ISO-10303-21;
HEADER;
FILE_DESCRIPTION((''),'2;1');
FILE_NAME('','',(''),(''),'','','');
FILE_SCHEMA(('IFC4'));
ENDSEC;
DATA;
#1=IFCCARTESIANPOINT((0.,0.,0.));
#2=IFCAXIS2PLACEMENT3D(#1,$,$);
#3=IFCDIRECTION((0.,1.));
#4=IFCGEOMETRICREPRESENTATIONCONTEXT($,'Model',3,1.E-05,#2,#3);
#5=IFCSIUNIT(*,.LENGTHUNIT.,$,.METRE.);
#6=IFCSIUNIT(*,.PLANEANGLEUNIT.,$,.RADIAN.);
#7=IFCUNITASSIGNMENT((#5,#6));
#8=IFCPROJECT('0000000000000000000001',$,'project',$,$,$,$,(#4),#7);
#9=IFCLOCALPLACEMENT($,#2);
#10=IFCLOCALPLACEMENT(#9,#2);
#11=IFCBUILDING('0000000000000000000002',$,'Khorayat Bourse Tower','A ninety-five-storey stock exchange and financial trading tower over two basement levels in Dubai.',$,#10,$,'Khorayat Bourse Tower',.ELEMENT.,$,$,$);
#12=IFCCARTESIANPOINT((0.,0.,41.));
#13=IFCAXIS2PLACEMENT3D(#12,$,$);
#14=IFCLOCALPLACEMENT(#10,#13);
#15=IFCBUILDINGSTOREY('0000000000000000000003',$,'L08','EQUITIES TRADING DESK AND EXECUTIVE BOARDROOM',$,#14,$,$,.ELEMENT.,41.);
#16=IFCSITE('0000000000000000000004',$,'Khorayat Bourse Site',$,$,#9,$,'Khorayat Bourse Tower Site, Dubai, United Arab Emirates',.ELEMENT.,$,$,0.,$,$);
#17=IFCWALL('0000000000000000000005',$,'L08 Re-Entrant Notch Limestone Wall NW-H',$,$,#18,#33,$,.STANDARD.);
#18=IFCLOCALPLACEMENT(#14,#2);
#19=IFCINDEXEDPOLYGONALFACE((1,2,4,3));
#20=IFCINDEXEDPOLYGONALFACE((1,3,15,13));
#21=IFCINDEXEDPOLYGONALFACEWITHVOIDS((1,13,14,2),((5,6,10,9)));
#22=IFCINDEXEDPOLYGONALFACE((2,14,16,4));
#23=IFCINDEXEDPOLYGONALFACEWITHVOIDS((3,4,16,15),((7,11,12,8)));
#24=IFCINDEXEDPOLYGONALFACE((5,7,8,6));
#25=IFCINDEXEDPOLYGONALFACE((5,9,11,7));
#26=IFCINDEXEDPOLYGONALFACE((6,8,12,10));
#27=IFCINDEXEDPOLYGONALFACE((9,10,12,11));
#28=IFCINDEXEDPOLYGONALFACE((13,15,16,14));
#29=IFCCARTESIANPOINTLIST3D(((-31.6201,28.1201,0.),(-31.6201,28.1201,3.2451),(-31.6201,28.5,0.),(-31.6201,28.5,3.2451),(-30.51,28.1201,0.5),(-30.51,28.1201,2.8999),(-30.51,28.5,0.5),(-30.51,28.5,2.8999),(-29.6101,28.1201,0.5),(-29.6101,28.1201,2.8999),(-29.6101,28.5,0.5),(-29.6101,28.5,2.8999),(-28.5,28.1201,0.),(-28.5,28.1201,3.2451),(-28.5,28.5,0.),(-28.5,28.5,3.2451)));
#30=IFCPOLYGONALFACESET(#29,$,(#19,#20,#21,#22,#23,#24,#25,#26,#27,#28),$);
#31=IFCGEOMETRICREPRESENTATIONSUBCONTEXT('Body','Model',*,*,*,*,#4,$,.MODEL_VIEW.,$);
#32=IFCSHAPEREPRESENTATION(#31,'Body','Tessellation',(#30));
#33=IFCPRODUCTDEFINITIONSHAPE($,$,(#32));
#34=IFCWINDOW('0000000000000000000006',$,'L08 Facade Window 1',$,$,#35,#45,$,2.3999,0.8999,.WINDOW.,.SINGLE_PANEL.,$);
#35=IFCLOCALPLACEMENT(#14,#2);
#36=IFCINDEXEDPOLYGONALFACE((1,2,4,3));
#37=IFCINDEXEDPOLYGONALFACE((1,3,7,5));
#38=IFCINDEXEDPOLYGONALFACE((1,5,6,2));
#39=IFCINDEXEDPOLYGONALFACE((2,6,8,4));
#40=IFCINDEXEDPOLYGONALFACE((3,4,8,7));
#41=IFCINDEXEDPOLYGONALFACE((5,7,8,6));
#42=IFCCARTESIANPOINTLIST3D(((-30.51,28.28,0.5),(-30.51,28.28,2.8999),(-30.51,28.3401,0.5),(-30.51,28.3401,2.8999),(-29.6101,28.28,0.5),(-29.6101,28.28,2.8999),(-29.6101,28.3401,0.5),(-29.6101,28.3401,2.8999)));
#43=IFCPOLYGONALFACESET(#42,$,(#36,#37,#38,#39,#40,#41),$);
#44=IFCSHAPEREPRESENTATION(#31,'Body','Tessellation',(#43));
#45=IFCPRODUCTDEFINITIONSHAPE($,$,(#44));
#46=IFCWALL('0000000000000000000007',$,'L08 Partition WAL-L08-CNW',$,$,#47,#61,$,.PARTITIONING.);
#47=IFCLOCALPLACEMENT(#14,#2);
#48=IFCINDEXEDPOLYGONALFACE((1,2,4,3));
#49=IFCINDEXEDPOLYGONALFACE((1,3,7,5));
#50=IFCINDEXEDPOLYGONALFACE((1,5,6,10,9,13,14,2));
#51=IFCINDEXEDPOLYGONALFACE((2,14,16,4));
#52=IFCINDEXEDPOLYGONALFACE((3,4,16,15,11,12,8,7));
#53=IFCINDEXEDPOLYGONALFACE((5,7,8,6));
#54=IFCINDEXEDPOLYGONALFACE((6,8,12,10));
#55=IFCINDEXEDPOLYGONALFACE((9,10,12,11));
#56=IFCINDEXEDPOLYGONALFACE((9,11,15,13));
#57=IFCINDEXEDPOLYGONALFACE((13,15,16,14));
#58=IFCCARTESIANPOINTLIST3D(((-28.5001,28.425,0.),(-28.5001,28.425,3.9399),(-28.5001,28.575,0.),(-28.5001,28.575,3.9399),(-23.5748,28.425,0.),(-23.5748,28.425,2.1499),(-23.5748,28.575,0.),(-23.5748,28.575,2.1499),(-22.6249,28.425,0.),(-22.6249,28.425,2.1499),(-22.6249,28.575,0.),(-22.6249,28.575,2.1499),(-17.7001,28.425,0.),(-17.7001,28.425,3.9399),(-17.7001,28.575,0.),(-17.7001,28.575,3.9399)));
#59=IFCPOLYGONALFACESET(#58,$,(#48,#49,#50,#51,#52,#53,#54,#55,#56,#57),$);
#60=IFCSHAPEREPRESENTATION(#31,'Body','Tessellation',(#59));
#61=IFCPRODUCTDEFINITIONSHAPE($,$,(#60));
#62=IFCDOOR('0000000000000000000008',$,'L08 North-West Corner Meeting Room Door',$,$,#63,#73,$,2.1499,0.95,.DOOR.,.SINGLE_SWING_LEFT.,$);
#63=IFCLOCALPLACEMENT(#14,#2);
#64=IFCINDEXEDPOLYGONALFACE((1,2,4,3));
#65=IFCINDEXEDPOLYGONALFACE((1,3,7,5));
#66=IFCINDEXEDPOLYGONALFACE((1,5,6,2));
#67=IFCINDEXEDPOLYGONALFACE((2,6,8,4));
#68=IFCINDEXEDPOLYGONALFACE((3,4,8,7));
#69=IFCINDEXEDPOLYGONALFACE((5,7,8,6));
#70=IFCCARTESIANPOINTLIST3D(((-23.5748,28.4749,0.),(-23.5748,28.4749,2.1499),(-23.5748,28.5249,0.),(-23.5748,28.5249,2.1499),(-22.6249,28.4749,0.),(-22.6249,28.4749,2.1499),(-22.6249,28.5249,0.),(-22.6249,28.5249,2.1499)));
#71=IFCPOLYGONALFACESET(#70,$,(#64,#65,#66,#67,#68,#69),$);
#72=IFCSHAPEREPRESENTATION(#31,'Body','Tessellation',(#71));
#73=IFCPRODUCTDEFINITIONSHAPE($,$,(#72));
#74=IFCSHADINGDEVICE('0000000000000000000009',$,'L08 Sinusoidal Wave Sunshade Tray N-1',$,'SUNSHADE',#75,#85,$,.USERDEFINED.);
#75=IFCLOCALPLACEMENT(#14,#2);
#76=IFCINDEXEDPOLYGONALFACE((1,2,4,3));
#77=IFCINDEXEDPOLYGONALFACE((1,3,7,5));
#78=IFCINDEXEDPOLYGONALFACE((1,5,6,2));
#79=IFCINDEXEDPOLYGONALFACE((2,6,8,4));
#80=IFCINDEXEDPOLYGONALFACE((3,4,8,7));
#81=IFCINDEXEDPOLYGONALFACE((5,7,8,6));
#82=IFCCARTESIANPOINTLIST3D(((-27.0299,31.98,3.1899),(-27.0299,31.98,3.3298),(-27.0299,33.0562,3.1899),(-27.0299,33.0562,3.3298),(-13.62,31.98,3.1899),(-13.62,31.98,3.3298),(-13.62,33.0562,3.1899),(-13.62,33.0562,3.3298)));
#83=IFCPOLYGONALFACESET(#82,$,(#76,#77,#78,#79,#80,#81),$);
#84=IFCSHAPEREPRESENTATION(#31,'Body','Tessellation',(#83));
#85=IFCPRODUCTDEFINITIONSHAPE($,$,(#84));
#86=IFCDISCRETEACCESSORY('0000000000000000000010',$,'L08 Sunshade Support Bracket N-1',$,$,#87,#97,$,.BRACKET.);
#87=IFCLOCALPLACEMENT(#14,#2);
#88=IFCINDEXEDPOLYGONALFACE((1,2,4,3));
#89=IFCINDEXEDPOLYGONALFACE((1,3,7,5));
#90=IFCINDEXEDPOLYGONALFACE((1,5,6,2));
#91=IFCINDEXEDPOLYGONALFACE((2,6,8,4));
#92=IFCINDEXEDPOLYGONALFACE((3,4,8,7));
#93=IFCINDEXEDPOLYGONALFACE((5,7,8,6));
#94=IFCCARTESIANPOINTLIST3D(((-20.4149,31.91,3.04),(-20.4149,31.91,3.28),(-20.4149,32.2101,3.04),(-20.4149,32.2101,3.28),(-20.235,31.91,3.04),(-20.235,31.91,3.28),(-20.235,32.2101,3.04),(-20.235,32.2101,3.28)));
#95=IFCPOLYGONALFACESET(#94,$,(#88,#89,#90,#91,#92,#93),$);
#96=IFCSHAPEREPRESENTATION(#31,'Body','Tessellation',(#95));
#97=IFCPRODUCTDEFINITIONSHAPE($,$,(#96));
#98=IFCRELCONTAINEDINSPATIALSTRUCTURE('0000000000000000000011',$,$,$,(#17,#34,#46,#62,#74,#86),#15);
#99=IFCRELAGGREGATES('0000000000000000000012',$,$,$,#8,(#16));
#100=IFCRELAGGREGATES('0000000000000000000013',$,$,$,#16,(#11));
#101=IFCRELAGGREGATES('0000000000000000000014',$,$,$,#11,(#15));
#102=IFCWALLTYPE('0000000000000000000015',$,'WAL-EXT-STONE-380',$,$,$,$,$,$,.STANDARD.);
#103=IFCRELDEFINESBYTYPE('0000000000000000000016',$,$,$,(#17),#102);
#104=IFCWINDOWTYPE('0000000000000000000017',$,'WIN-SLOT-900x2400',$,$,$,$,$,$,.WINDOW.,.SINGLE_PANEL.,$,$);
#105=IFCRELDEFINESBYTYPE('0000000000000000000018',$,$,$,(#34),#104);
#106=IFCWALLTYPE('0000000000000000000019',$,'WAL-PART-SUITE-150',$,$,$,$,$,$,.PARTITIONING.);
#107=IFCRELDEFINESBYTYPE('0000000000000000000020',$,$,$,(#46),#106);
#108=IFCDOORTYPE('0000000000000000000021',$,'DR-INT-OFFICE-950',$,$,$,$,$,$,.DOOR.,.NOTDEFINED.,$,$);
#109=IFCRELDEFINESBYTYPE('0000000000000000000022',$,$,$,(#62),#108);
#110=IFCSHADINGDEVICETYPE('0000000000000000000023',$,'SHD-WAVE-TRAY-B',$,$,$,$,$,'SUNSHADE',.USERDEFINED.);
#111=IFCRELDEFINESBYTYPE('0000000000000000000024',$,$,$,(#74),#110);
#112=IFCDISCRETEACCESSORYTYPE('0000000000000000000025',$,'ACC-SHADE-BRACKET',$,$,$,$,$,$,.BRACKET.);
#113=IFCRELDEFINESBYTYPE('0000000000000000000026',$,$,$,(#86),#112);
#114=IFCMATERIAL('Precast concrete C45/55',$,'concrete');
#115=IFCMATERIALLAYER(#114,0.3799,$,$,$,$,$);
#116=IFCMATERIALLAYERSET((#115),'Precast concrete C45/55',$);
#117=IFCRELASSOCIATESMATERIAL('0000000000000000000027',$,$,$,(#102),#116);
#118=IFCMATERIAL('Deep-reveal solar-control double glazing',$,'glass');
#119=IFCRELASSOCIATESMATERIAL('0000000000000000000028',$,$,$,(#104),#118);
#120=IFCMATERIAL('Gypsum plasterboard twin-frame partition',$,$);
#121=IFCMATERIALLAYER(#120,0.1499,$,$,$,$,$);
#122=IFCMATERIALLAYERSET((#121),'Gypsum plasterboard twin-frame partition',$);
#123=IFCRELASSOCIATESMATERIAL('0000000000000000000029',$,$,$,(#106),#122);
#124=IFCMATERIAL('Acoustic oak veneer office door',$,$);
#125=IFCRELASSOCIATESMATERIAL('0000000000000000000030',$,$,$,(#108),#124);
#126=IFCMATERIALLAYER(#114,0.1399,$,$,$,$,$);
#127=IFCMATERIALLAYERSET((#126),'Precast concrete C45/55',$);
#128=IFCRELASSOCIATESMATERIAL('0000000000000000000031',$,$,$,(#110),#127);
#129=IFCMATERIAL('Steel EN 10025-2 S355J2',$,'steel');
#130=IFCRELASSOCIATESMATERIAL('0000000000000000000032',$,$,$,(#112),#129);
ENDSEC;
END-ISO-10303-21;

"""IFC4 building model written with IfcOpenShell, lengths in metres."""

from ifc_helpers import new_model, si_unit, direction, frame, frame_2d, origin, origin_2d, place, context, subcontext, project, spatial, rectangle, extrude, source, transform, mapped, material, layer, layer_set, type_object, element, fill, save


model = new_model("IFC4")

# Units and contexts
model_context = context("Model", 3, precision=1e-05, world=origin(), true_north=direction((0.0, 1.0)))
body_context = subcontext(model_context, "Body", "Model", "MODEL_VIEW")
ifc_project = project(units=[si_unit("LENGTHUNIT", "METRE"), si_unit("PLANEANGLEUNIT", "RADIAN")], contexts=[model_context])

# Site, building, storey
site_placement = place(None, origin())
site = spatial("IfcSite", under=ifc_project, at=site_placement, Name="Khorayat Bourse Site", LongName="Khorayat Bourse Tower Site, Dubai, United Arab Emirates", CompositionType="ELEMENT", RefElevation=0.0)
building_placement = place(site_placement, origin())
building = spatial("IfcBuilding", under=site, at=building_placement, Name="Khorayat Bourse Tower", Description="A ninety-five-storey stock exchange and financial trading tower over two basement levels in Dubai.", LongName="Khorayat Bourse Tower", CompositionType="ELEMENT")
storey_placement = place(building_placement, frame((0.0, 0.0, 41.0)))
storey = spatial("IfcBuildingStorey", under=building, at=storey_placement, Name="L08", Description="EQUITIES TRADING DESK AND EXECUTIVE BOARDROOM", CompositionType="ELEMENT", Elevation=41.0)

# Wall, opening, window
ifc_material_1 = material(Name="Precast concrete C45/55", Category="concrete")
ifc_layer_1 = layer(ifc_material_1, 0.3799)
ifc_layer_set_1 = layer_set([ifc_layer_1], Name="Precast concrete C45/55")
wall_type_1 = type_object("IfcWallType", Name="WAL-EXT-STONE-380", PredefinedType="STANDARD", material=ifc_layer_set_1)
shared_shape_1 = source(origin(), body_context, "Body", "SweptSolid", [
    extrude(rectangle(XDim=3.1201, YDim=0.3799, at=frame_2d((1.5601, 0.0))), origin(), (0.0, 0.0, 1.0), 3.2451),
])
shared_shape_2 = source(origin(), body_context, "Body", "SweptSolid", [
    extrude(rectangle(XDim=0.8999, YDim=2.3999, at=frame_2d((0.45, 1.2))), frame((0.0, 0.2, 0.0), z_axis=(0.0, -1.0, 0.0), x_axis=(1.0, 0.0, 0.0)), (0.0, 0.0, 1.0), 0.3999),
])
ifc_material_2 = material(Name="Deep-reveal solar-control double glazing", Category="glass")
window_type = type_object("IfcWindowType", Name="WIN-SLOT-900x2400", PartitioningType="SINGLE_PANEL", PredefinedType="WINDOW", material=ifc_material_2)
shared_shape_3 = source(origin(), body_context, "Body", "SweptSolid", [
    extrude(rectangle(XDim=0.8999, YDim=2.3999, at=frame_2d((0.45, 1.2))), frame((0.0, 0.03, 0.0), z_axis=(0.0, -1.0, 0.0), x_axis=(1.0, 0.0, 0.0)), (0.0, 0.0, 1.0), 0.0601),
])
wall_1_placement = place(storey_placement, frame((-28.5, 28.3101, 0.0), z_axis=(0.0, 0.0, 1.0), x_axis=(-1.0, 0.0, 0.0)))
wall_1 = element("IfcWall", 1, at=wall_1_placement, inside=storey, type_object=wall_type_1, Name="L08 Re-Entrant Notch Limestone Wall NW-H", PredefinedType="STANDARD", context=body_context, shape_type="MappedRepresentation", body=[
    mapped(shared_shape_1, transform((0.0, 0.0, 0.0), scale=1.0)),
])
opening_1_placement = place(wall_1_placement, frame((1.1101, 0.0, 0.5)))
opening_1 = element("IfcOpeningElement", 2, at=opening_1_placement, cuts=wall_1, PredefinedType="OPENING", context=body_context, shape_type="MappedRepresentation", body=[
    mapped(shared_shape_2, transform((0.0, 0.0, 0.0), scale=1.0)),
])
window_1_placement = place(opening_1_placement, origin())
window_1 = element("IfcWindow", 3, at=window_1_placement, inside=storey, type_object=window_type, Name="L08 Facade Window 1", OverallHeight=2.3999, OverallWidth=0.8999, PartitioningType="SINGLE_PANEL", PredefinedType="WINDOW", context=body_context, shape_type="MappedRepresentation", body=[
    mapped(shared_shape_3, transform((0.0, 0.0, 0.0), scale=1.0)),
])
fill(opening_1, window_1)

# Wall, opening, door
ifc_material_3 = material(Name="Gypsum plasterboard twin-frame partition")
ifc_layer_2 = layer(ifc_material_3, 0.1499)
ifc_layer_set_2 = layer_set([ifc_layer_2], Name="Gypsum plasterboard twin-frame partition")
wall_type_2 = type_object("IfcWallType", Name="WAL-PART-SUITE-150", PredefinedType="PARTITIONING", material=ifc_layer_set_2)
shared_shape_4 = source(origin(), body_context, "Body", "SweptSolid", [
    extrude(rectangle(XDim=10.8, YDim=0.1499, at=frame_2d((5.3999, 0.0))), origin(), (0.0, 0.0, 1.0), 3.9399),
])
wall_2_placement = place(storey_placement, frame((-28.5, 28.5, 0.0), z_axis=(0.0, 0.0, 1.0), x_axis=(1.0, 0.0, 0.0)))
wall_2 = element("IfcWall", 4, at=wall_2_placement, inside=storey, type_object=wall_type_2, Name="L08 Partition WAL-L08-CNW", PredefinedType="PARTITIONING", context=body_context, shape_type="MappedRepresentation", body=[
    mapped(shared_shape_4, transform((0.0, 0.0, 0.0), scale=1.0)),
])
shared_shape_5 = source(origin(), body_context, "Body", "SweptSolid", [
    extrude(rectangle(XDim=0.95, YDim=2.1499, at=frame_2d((0.4751, 1.075))), frame((0.0, 0.085, 0.0), z_axis=(0.0, -1.0, 0.0), x_axis=(1.0, 0.0, 0.0)), (0.0, 0.0, 1.0), 0.1699),
])
opening_2_placement = place(wall_2_placement, frame((4.925, 0.0, 0.0)))
opening_2 = element("IfcOpeningElement", 5, at=opening_2_placement, cuts=wall_2, PredefinedType="OPENING", context=body_context, shape_type="MappedRepresentation", body=[
    mapped(shared_shape_5, transform((0.0, 0.0, 0.0), scale=1.0)),
])
ifc_material_4 = material(Name="Acoustic oak veneer office door")
door_type = type_object("IfcDoorType", Name="DR-INT-OFFICE-950", OperationType="NOTDEFINED", PredefinedType="DOOR", material=ifc_material_4)
shared_shape_6 = source(origin(), body_context, "Body", "SweptSolid", [
    extrude(rectangle(XDim=0.95, YDim=2.1499, at=frame_2d((0.4751, 1.075))), frame((0.0, 0.0249, 0.0), z_axis=(0.0, -1.0, 0.0), x_axis=(1.0, 0.0, 0.0)), (0.0, 0.0, 1.0), 0.05),
])
door_placement = place(opening_2_placement, origin())
door = element("IfcDoor", 6, at=door_placement, inside=storey, type_object=door_type, Name="L08 North-West Corner Meeting Room Door", OperationType="SINGLE_SWING_LEFT", OverallHeight=2.1499, OverallWidth=0.95, PredefinedType="DOOR", context=body_context, shape_type="MappedRepresentation", body=[
    mapped(shared_shape_6, transform((0.0, 0.0, 0.0), scale=1.0)),
])
fill(opening_2, door)

# Shading device
ifc_layer_3 = layer(ifc_material_1, 0.1399)
ifc_layer_set_3 = layer_set([ifc_layer_3], Name="Precast concrete C45/55")
shading_device_type = type_object("IfcShadingDeviceType", Name="SHD-WAVE-TRAY-B", ElementType="SUNSHADE", PredefinedType="USERDEFINED", material=ifc_layer_set_3)
shared_shape_7 = source(origin(), body_context, "Body", "SweptSolid", [
    extrude(rectangle(XDim=13.4099, YDim=1.0762, at=origin_2d()), origin(), (0.0, 0.0, 1.0), 0.1399),
])
shading_device_placement = place(storey_placement, frame((-20.325, 32.5181, 3.1899), z_axis=(0.0, 0.0, 1.0), x_axis=(1.0, 0.0, 0.0)))
element("IfcShadingDevice", 7, at=shading_device_placement, inside=storey, type_object=shading_device_type, Name="L08 Sinusoidal Wave Sunshade Tray N-1", ObjectType="SUNSHADE", PredefinedType="USERDEFINED", context=body_context, shape_type="MappedRepresentation", body=[
    mapped(shared_shape_7, transform((0.0, 0.0, 0.0), scale=1.0)),
])

# Discrete accessory
ifc_material_5 = material(Name="Steel EN 10025-2 S355J2", Category="steel")
discrete_accessory_type = type_object("IfcDiscreteAccessoryType", Name="ACC-SHADE-BRACKET", PredefinedType="BRACKET", material=ifc_material_5)
shared_shape_8 = source(origin(), body_context, "Body", "SweptSolid", [
    extrude(rectangle(XDim=0.1799, YDim=0.3, at=origin_2d()), origin(), (0.0, 0.0, 1.0), 0.24),
])
discrete_accessory_placement = place(storey_placement, frame((-20.325, 32.0601, 3.04), z_axis=(0.0, 0.0, 1.0), x_axis=(1.0, 0.0, 0.0)))
element("IfcDiscreteAccessory", 8, at=discrete_accessory_placement, inside=storey, type_object=discrete_accessory_type, Name="L08 Sunshade Support Bracket N-1", PredefinedType="BRACKET", context=body_context, shape_type="MappedRepresentation", body=[
    mapped(shared_shape_8, transform((0.0, 0.0, 0.0), scale=1.0)),
])

save(model, "model.ifc")
